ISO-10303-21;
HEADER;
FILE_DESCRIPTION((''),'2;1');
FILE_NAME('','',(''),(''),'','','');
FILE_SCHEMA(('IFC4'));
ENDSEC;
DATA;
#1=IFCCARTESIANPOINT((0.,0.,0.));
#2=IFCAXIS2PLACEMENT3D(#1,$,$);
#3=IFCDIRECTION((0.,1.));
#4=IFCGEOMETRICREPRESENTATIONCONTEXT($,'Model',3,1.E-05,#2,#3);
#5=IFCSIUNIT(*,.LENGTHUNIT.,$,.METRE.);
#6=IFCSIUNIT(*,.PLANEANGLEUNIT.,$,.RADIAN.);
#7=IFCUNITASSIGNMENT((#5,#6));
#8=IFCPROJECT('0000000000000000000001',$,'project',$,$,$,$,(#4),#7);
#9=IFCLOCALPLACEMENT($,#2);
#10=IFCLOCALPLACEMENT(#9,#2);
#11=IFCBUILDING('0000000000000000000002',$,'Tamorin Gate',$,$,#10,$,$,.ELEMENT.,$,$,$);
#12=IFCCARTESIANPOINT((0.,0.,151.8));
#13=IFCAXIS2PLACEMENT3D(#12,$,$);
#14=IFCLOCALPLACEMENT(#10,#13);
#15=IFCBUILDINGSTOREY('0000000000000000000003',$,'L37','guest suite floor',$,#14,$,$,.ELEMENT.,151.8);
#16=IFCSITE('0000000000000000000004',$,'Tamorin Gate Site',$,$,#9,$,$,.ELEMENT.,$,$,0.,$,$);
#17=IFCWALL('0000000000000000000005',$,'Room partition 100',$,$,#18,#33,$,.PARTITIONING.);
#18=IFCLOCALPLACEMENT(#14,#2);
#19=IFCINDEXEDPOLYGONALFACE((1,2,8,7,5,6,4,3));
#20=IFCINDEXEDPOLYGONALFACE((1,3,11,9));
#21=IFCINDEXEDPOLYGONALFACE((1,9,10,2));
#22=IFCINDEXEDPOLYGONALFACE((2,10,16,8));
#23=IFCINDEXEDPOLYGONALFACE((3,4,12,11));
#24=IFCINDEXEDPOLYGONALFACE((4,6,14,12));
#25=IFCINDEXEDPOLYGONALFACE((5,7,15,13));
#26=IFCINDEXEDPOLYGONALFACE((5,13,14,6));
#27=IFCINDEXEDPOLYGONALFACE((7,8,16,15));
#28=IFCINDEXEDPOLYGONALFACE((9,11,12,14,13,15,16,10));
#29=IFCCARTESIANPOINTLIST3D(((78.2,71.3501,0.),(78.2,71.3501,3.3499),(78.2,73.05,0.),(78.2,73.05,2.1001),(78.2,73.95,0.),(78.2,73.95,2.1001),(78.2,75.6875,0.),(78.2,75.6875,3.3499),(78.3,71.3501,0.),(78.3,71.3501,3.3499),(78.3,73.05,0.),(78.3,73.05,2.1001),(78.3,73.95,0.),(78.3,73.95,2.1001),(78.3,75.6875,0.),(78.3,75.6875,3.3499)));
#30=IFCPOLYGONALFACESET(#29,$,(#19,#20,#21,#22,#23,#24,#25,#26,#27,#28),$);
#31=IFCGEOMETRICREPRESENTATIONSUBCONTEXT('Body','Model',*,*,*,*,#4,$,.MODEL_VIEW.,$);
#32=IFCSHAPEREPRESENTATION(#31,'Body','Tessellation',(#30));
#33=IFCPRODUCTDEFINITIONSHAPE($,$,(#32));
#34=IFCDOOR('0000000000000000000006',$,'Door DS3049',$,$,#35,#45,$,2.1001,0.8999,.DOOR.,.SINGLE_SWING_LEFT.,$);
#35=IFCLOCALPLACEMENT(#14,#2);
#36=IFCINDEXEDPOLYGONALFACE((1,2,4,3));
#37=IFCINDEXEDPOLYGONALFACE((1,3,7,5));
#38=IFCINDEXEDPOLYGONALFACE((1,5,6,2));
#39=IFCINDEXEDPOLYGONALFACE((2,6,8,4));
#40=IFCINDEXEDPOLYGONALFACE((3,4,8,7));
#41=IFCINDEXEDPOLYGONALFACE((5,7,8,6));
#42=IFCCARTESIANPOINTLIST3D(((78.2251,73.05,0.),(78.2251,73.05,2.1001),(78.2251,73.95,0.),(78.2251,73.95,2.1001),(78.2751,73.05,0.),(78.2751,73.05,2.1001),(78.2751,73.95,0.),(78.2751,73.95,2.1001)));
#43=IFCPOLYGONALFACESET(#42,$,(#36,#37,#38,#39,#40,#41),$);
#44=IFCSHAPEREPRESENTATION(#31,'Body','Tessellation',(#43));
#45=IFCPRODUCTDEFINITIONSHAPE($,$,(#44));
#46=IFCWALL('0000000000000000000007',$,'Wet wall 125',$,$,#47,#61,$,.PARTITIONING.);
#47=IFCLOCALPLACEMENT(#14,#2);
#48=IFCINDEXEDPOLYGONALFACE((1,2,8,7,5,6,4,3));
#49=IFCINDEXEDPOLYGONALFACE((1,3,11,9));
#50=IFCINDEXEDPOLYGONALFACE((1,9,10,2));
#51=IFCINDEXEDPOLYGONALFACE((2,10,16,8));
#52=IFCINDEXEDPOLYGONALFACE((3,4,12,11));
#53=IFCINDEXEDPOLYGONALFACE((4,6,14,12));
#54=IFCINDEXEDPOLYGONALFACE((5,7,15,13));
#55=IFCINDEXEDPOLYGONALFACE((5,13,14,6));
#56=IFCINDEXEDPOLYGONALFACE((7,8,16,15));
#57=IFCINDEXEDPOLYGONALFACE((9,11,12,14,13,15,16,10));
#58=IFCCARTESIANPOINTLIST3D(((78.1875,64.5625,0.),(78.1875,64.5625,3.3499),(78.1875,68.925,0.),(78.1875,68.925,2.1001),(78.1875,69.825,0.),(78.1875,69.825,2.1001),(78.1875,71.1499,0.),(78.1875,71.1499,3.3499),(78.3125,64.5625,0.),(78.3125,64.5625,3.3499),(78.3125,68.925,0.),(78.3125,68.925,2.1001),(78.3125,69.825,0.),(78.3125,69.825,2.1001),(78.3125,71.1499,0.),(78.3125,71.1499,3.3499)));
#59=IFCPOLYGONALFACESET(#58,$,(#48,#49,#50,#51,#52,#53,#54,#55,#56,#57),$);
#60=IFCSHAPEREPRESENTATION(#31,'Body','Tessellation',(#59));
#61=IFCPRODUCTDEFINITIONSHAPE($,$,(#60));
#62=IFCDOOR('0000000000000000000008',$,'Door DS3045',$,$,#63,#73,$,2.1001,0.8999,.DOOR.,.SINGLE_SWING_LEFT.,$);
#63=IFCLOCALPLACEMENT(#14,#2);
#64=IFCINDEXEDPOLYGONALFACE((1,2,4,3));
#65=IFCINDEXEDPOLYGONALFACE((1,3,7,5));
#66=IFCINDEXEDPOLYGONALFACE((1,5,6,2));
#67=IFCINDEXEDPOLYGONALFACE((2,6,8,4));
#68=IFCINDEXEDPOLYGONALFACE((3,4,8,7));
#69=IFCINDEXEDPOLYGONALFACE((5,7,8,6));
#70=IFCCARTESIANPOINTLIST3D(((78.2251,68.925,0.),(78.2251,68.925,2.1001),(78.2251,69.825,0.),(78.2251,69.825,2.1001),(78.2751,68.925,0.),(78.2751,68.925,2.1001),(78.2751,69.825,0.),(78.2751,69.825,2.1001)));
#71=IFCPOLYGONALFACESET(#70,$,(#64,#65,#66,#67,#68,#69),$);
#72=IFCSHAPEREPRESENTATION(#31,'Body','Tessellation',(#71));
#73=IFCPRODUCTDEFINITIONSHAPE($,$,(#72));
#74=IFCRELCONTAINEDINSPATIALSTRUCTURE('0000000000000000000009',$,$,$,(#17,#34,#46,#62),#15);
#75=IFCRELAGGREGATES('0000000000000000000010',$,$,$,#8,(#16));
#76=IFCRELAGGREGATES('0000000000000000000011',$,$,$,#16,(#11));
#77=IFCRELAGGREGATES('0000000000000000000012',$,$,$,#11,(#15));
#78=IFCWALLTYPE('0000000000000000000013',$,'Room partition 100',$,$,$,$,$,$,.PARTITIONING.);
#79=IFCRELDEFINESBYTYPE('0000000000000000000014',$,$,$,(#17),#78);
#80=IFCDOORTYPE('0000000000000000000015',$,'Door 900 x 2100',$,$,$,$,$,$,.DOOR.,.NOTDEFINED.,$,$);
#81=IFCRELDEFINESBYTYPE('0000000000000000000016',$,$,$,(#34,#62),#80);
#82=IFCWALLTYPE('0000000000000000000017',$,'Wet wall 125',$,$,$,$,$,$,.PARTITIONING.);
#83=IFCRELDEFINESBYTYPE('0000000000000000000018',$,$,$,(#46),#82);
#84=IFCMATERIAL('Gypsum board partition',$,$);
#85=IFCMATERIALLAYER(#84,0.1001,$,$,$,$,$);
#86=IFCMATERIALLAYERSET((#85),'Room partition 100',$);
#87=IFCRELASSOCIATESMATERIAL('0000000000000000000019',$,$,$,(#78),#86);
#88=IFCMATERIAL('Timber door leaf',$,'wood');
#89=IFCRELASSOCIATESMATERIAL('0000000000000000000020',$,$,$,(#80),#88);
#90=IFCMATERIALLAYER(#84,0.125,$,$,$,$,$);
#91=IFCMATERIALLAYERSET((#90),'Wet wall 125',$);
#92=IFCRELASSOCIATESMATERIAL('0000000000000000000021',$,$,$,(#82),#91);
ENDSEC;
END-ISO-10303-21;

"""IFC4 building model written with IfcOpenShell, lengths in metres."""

from ifc_helpers import new_model, si_unit, direction, frame, frame_2d, origin, place, context, subcontext, project, spatial, rectangle, extrude, material, layer, layer_set, type_object, element, fill, save


model = new_model("IFC4")

# Units and contexts
model_context = context("Model", 3, precision=1e-05, world=origin(), true_north=direction((0.0, 1.0)))
body_context = subcontext(model_context, "Body", "Model", "MODEL_VIEW")
ifc_project = project(units=[si_unit("LENGTHUNIT", "METRE"), si_unit("PLANEANGLEUNIT", "RADIAN")], contexts=[model_context])

# Site, building, storey
site_placement = place(None, origin())
site = spatial("IfcSite", under=ifc_project, at=site_placement, Name="Tamorin Gate Site", CompositionType="ELEMENT", RefElevation=0.0)
building_placement = place(site_placement, origin())
building = spatial("IfcBuilding", under=site, at=building_placement, Name="Tamorin Gate", CompositionType="ELEMENT")
storey_placement = place(building_placement, frame((0.0, 0.0, 151.8)))
storey = spatial("IfcBuildingStorey", under=building, at=storey_placement, Name="L37", Description="guest suite floor", CompositionType="ELEMENT", Elevation=151.8)

# Walls, openings, doors
ifc_material_1 = material(Name="Gypsum board partition")
ifc_layer_1 = layer(ifc_material_1, 0.1001)
ifc_layer_set_1 = layer_set([ifc_layer_1], Name="Room partition 100")
wall_type_1 = type_object("IfcWallType", Name="Room partition 100", PredefinedType="PARTITIONING", material=ifc_layer_set_1)
ifc_material_2 = material(Name="Timber door leaf", Category="wood")
door_type = type_object("IfcDoorType", Name="Door 900 x 2100", OperationType="NOTDEFINED", PredefinedType="DOOR", material=ifc_material_2)
wall_1_placement = place(storey_placement, frame((78.25, 71.3501, 0.0), z_axis=(0.0, 0.0, 1.0), x_axis=(0.0, 1.0, 0.0)))
wall_1 = element("IfcWall", 1, at=wall_1_placement, inside=storey, type_object=wall_type_1, Name="Room partition 100", PredefinedType="PARTITIONING", context=body_context, shape_type="SweptSolid", body=[
    extrude(rectangle(XDim=4.3374, YDim=0.1001, at=frame_2d((2.1687, 0.0))), origin(), (0.0, 0.0, 1.0), 3.3499),
])
opening_1_placement = place(wall_1_placement, frame((1.7, 0.0, 0.0)))
opening_1 = element("IfcOpeningElement", 2, at=opening_1_placement, cuts=wall_1, PredefinedType="OPENING", context=body_context, shape_type="SweptSolid", body=[
    extrude(rectangle(XDim=0.8999, YDim=2.1001, at=frame_2d((0.45, 1.05))), frame((0.0, 0.0601, 0.0), z_axis=(0.0, -1.0, 0.0), x_axis=(1.0, 0.0, 0.0)), (0.0, 0.0, 1.0), 0.1201),
])
door_1_placement = place(opening_1_placement, origin())
door_1 = element("IfcDoor", 3, at=door_1_placement, inside=storey, type_object=door_type, Name="Door DS3049", OperationType="SINGLE_SWING_LEFT", OverallHeight=2.1001, OverallWidth=0.8999, PredefinedType="DOOR", context=body_context, shape_type="SweptSolid", body=[
    extrude(rectangle(XDim=0.8999, YDim=2.1001, at=frame_2d((0.45, 1.05))), frame((0.0, 0.0249, 0.0), z_axis=(0.0, -1.0, 0.0), x_axis=(1.0, 0.0, 0.0)), (0.0, 0.0, 1.0), 0.05),
])
fill(opening_1, door_1)
ifc_layer_2 = layer(ifc_material_1, 0.125)
ifc_layer_set_2 = layer_set([ifc_layer_2], Name="Wet wall 125")
wall_type_2 = type_object("IfcWallType", Name="Wet wall 125", PredefinedType="PARTITIONING", material=ifc_layer_set_2)
wall_2_placement = place(storey_placement, frame((78.25, 64.5625, 0.0), z_axis=(0.0, 0.0, 1.0), x_axis=(0.0, 1.0, 0.0)))
wall_2 = element("IfcWall", 4, at=wall_2_placement, inside=storey, type_object=wall_type_2, Name="Wet wall 125", PredefinedType="PARTITIONING", context=body_context, shape_type="SweptSolid", body=[
    extrude(rectangle(XDim=6.5874, YDim=0.125, at=frame_2d((3.2937, 0.0))), origin(), (0.0, 0.0, 1.0), 3.3499),
])
opening_2_placement = place(wall_2_placement, frame((4.3625, 0.0, 0.0)))
opening_2 = element("IfcOpeningElement", 5, at=opening_2_placement, cuts=wall_2, PredefinedType="OPENING", context=body_context, shape_type="SweptSolid", body=[
    extrude(rectangle(XDim=0.8999, YDim=2.1001, at=frame_2d((0.45, 1.05))), frame((0.0, 0.0725, 0.0), z_axis=(0.0, -1.0, 0.0), x_axis=(1.0, 0.0, 0.0)), (0.0, 0.0, 1.0), 0.145),
])
door_2_placement = place(opening_2_placement, origin())
door_2 = element("IfcDoor", 6, at=door_2_placement, inside=storey, type_object=door_type, Name="Door DS3045", OperationType="SINGLE_SWING_LEFT", OverallHeight=2.1001, OverallWidth=0.8999, PredefinedType="DOOR", context=body_context, shape_type="SweptSolid", body=[
    extrude(rectangle(XDim=0.8999, YDim=2.1001, at=frame_2d((0.45, 1.05))), frame((0.0, 0.0249, 0.0), z_axis=(0.0, -1.0, 0.0), x_axis=(1.0, 0.0, 0.0)), (0.0, 0.0, 1.0), 0.05),
])
fill(opening_2, door_2)

save(model, "model.ifc")
